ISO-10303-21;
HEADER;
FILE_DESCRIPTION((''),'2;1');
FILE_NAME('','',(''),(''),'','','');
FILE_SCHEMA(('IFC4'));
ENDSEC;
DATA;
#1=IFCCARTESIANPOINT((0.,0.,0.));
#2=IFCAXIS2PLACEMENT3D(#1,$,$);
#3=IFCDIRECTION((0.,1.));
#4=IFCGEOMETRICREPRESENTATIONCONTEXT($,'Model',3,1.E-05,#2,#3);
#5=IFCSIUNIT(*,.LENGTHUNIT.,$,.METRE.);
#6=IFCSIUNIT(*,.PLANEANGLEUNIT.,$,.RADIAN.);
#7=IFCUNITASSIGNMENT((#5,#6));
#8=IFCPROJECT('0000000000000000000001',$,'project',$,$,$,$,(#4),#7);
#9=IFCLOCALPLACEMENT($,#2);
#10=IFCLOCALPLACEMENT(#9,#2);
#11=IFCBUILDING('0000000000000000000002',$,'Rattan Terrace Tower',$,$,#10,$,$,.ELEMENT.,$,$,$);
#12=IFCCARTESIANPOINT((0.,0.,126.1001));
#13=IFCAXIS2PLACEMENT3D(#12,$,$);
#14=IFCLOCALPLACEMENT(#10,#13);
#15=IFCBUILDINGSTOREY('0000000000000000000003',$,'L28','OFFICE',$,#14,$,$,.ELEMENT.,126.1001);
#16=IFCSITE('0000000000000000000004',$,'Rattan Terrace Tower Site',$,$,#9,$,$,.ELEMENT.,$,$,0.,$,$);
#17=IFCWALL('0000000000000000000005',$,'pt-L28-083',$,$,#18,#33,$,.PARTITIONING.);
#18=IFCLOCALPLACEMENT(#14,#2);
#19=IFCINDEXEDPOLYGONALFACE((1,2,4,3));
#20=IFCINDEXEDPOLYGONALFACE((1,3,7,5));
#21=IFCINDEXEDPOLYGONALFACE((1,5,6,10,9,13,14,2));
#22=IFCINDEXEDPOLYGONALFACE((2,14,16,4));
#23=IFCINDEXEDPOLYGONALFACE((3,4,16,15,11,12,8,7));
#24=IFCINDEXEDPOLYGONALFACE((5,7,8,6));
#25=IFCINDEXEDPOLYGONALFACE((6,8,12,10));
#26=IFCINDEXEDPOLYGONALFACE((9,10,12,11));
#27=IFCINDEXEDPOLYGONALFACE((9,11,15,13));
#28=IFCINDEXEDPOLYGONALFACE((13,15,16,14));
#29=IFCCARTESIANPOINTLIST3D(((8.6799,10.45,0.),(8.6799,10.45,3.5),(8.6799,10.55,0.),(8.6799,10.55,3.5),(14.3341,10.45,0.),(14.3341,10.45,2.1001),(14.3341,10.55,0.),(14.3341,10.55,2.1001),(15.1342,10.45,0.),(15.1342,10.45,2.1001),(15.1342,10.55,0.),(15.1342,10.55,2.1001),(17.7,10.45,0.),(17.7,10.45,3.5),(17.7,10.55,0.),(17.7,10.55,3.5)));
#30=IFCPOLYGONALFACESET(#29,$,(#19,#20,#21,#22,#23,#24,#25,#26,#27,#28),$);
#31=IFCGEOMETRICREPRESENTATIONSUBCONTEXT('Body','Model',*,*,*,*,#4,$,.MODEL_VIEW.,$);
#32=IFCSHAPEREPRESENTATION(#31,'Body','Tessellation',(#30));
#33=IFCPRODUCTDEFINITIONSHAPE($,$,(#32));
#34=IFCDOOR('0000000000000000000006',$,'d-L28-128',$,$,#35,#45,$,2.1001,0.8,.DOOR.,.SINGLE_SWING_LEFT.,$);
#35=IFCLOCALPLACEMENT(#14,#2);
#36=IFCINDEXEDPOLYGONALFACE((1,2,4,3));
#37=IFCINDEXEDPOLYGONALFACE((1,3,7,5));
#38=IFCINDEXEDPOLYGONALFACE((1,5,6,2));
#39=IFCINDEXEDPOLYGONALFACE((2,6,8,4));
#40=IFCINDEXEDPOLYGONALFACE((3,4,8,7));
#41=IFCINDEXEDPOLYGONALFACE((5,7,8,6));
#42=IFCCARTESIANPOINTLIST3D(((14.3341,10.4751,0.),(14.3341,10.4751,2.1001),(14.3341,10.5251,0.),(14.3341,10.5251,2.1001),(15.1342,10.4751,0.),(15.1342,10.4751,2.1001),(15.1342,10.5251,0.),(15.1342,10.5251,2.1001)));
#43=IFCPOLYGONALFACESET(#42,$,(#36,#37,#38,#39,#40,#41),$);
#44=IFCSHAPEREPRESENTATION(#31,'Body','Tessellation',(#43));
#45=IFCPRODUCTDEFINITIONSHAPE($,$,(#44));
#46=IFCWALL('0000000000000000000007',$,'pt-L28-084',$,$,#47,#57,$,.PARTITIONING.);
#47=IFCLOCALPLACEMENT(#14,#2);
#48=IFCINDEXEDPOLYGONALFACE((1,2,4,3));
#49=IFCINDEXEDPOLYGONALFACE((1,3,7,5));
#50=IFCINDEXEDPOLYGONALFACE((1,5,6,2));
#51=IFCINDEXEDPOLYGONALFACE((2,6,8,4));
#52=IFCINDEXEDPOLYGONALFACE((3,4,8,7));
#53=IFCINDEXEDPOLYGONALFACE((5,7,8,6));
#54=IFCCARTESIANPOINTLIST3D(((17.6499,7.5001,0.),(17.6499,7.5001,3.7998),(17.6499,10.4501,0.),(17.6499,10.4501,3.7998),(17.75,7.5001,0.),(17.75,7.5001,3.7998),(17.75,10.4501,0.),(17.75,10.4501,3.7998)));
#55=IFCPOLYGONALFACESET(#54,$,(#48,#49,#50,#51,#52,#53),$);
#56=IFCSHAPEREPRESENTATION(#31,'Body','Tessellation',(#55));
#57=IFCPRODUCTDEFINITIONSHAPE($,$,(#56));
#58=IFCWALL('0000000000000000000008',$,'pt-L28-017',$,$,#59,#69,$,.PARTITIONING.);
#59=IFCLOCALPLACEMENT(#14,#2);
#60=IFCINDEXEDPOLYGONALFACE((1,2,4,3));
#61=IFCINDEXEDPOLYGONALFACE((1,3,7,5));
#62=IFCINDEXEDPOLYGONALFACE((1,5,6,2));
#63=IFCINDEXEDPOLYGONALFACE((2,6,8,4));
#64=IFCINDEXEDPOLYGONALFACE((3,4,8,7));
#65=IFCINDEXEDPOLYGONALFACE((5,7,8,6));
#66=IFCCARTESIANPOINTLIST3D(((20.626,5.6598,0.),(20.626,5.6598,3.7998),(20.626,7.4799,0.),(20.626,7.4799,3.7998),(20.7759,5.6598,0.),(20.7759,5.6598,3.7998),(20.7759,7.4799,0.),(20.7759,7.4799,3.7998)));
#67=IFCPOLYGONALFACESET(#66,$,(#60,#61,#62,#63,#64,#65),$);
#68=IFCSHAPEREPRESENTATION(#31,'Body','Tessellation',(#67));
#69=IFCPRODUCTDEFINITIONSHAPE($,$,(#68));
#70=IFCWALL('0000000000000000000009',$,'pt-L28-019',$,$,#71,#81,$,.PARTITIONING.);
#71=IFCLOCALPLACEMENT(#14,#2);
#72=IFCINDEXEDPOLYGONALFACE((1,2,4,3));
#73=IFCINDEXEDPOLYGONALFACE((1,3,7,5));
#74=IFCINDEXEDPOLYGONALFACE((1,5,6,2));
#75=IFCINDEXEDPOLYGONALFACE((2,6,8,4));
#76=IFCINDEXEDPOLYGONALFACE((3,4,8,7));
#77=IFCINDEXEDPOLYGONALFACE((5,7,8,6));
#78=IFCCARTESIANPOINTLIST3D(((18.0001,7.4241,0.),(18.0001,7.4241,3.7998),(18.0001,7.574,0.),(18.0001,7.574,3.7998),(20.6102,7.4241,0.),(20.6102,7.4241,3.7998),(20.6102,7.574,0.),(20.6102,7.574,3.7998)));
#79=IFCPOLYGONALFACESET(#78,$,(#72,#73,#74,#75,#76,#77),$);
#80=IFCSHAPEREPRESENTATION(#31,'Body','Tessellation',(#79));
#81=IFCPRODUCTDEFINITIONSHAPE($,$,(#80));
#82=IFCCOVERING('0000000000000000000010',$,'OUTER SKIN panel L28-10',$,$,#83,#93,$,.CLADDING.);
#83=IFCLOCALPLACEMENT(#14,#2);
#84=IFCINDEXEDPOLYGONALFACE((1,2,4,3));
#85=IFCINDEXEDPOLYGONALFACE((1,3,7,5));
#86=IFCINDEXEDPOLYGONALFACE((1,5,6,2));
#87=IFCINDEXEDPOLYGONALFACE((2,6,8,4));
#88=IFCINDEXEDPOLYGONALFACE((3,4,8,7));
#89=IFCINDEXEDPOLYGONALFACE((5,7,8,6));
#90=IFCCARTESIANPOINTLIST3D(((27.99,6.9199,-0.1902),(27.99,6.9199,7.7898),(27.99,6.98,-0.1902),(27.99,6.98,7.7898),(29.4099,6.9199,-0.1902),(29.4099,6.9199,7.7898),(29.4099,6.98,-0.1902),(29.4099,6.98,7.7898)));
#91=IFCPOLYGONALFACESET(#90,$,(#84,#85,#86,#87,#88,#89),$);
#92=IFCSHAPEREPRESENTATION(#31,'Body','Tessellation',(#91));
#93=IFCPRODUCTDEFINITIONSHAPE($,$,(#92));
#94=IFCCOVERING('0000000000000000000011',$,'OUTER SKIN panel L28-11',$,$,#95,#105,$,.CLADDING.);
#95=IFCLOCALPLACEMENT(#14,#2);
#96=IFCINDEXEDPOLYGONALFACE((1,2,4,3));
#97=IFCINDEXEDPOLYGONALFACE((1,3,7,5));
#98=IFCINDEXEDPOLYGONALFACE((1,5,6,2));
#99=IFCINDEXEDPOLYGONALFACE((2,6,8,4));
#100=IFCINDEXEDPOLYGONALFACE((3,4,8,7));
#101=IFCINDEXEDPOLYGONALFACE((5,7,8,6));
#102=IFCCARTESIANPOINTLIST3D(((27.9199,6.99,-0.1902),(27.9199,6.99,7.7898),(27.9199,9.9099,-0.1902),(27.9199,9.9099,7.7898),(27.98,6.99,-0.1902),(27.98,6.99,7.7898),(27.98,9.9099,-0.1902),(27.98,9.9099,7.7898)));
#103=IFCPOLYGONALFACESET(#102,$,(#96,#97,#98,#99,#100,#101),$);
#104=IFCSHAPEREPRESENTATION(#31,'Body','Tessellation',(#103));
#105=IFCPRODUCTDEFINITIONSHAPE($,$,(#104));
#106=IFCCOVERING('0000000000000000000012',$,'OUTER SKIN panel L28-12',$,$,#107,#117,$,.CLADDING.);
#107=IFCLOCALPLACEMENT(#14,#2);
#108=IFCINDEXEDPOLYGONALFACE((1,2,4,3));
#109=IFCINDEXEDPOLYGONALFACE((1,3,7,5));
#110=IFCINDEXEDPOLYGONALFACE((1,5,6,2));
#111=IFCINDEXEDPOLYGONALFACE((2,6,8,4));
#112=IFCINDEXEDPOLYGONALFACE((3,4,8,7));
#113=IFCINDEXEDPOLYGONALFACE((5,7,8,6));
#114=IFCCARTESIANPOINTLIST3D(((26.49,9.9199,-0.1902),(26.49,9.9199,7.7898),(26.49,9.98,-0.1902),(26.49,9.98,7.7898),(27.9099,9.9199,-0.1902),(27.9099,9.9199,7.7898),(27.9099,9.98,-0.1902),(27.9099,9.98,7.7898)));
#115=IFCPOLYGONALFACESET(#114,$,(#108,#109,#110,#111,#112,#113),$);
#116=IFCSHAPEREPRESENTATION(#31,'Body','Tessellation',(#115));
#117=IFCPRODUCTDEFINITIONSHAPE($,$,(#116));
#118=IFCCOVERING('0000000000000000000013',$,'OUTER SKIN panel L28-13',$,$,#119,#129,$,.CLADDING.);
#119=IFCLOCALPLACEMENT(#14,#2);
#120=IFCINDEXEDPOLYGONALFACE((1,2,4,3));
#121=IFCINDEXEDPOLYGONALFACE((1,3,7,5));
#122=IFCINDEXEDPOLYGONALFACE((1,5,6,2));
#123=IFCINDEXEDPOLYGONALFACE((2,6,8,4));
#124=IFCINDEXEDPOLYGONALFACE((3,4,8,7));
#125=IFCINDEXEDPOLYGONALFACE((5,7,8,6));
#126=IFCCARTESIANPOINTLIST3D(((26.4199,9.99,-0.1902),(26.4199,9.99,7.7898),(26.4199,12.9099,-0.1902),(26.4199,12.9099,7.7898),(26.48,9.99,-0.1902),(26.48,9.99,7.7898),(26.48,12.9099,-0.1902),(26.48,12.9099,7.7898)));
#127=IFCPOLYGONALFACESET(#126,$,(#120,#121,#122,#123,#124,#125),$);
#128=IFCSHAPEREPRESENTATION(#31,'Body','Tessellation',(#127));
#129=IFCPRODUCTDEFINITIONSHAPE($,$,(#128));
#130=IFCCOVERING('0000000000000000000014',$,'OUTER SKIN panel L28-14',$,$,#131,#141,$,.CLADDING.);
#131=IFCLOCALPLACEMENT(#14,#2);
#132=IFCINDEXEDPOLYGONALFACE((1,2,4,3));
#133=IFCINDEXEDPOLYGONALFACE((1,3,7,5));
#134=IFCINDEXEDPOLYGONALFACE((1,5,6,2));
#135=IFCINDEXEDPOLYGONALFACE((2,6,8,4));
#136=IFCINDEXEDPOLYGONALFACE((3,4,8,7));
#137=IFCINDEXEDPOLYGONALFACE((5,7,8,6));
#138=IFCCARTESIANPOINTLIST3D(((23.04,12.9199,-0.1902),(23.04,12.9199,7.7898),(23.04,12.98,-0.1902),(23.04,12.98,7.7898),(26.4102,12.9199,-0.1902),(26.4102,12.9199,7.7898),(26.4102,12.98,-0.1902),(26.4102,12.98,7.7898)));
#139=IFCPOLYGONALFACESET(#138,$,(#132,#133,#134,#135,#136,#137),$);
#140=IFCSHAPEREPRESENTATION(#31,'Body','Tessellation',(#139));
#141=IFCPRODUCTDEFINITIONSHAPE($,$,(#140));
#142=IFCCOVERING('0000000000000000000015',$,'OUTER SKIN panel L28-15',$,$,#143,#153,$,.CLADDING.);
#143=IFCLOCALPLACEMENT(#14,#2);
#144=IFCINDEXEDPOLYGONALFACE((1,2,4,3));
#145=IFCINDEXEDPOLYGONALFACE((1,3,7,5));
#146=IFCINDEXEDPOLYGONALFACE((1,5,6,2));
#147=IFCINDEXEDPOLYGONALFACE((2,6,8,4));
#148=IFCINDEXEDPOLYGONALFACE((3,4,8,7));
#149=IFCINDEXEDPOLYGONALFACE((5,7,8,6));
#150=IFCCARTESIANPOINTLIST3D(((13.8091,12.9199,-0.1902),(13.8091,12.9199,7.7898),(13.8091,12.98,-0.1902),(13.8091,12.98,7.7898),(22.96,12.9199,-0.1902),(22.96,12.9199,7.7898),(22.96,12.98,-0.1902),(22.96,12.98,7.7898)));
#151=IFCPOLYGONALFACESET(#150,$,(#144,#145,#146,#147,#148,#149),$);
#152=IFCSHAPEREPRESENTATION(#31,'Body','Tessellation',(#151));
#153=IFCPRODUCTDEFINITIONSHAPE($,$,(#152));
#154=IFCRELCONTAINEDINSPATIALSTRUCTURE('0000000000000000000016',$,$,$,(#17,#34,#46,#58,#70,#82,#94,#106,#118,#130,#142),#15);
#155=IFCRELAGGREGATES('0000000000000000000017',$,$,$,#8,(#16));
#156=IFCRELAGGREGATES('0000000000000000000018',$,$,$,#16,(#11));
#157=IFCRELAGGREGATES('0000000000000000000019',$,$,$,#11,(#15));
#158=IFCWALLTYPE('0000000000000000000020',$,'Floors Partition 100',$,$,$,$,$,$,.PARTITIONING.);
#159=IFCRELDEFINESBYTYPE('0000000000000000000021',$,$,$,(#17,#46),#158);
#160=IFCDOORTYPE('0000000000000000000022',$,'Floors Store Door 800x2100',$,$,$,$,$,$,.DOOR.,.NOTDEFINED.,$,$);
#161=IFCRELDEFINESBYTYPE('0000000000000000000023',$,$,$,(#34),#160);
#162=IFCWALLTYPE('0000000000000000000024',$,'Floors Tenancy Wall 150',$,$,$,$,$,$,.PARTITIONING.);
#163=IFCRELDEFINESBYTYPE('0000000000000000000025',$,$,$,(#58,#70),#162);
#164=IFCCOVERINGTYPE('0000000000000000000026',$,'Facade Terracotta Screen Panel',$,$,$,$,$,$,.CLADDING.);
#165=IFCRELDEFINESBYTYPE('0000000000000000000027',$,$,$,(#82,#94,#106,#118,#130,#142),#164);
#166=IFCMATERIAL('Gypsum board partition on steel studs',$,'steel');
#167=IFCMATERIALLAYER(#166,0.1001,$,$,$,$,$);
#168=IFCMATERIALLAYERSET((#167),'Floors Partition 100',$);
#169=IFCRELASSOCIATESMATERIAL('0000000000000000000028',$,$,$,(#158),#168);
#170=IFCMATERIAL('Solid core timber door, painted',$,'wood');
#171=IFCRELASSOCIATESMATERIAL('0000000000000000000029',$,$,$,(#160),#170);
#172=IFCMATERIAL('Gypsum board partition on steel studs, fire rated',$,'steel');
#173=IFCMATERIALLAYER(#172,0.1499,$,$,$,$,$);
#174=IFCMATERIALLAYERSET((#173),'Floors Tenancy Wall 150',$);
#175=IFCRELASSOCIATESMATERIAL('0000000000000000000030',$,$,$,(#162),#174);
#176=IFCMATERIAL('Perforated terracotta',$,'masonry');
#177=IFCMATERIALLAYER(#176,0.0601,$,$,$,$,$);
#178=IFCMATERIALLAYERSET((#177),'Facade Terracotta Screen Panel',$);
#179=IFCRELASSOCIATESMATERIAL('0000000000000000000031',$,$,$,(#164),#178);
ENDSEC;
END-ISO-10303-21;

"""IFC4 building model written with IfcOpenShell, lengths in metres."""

from ifc_helpers import new_model, si_unit, direction, frame, frame_2d, origin, origin_2d, place, context, subcontext, project, spatial, rectangle, extrude, material, layer, layer_set, type_object, element, fill, save


model = new_model("IFC4")

# Units and contexts
model_context = context("Model", 3, precision=1e-05, world=origin(), true_north=direction((0.0, 1.0)))
body_context = subcontext(model_context, "Body", "Model", "MODEL_VIEW")
ifc_project = project(units=[si_unit("LENGTHUNIT", "METRE"), si_unit("PLANEANGLEUNIT", "RADIAN")], contexts=[model_context])

# Site, building, storey
site_placement = place(None, origin())
site = spatial("IfcSite", under=ifc_project, at=site_placement, Name="Rattan Terrace Tower Site", CompositionType="ELEMENT", RefElevation=0.0)
building_placement = place(site_placement, origin())
building = spatial("IfcBuilding", under=site, at=building_placement, Name="Rattan Terrace Tower", CompositionType="ELEMENT")
storey_placement = place(building_placement, frame((0.0, 0.0, 126.1001)))
storey = spatial("IfcBuildingStorey", under=building, at=storey_placement, Name="L28", Description="OFFICE", CompositionType="ELEMENT", Elevation=126.1001)

# Wall, opening, door
ifc_material_1 = material(Name="Gypsum board partition on steel studs", Category="steel")
ifc_layer_1 = layer(ifc_material_1, 0.1001)
ifc_layer_set_1 = layer_set([ifc_layer_1], Name="Floors Partition 100")
wall_type_1 = type_object("IfcWallType", Name="Floors Partition 100", PredefinedType="PARTITIONING", material=ifc_layer_set_1)
wall_1_placement = place(storey_placement, frame((17.7, 10.5, 0.0), z_axis=(0.0, 0.0, 1.0), x_axis=(-1.0, 0.0, 0.0)))
wall_1 = element("IfcWall", 1, at=wall_1_placement, inside=storey, type_object=wall_type_1, Name="pt-L28-083", PredefinedType="PARTITIONING", context=body_context, shape_type="SweptSolid", body=[
    extrude(rectangle(XDim=9.02, YDim=0.1001, at=frame_2d((4.51, 0.0))), origin(), (0.0, 0.0, 1.0), 3.5),
])
opening_placement = place(wall_1_placement, frame((2.5659, 0.0, 0.0)))
opening = element("IfcOpeningElement", 2, at=opening_placement, cuts=wall_1, PredefinedType="OPENING", context=body_context, shape_type="SweptSolid", body=[
    extrude(rectangle(XDim=0.8, YDim=2.1001, at=frame_2d((0.3999, 1.05))), frame((0.0, 0.0605, 0.0), z_axis=(0.0, -1.0, 0.0), x_axis=(1.0, 0.0, 0.0)), (0.0, 0.0, 1.0), 0.1211),
])
ifc_material_2 = material(Name="Solid core timber door, painted", Category="wood")
door_type = type_object("IfcDoorType", Name="Floors Store Door 800x2100", OperationType="NOTDEFINED", PredefinedType="DOOR", material=ifc_material_2)
door_placement = place(opening_placement, origin())
door = element("IfcDoor", 3, at=door_placement, inside=storey, type_object=door_type, Name="d-L28-128", OperationType="SINGLE_SWING_LEFT", OverallHeight=2.1001, OverallWidth=0.8, PredefinedType="DOOR", context=body_context, shape_type="SweptSolid", body=[
    extrude(rectangle(XDim=0.8, YDim=2.1001, at=frame_2d((0.3999, 1.05))), frame((0.0, 0.0249, 0.0), z_axis=(0.0, -1.0, 0.0), x_axis=(1.0, 0.0, 0.0)), (0.0, 0.0, 1.0), 0.05),
])
fill(opening, door)

# Walls
wall_2_placement = place(storey_placement, frame((17.7, 7.5, 0.0), z_axis=(0.0, 0.0, 1.0), x_axis=(0.0, 1.0, 0.0)))
element("IfcWall", 4, at=wall_2_placement, inside=storey, type_object=wall_type_1, Name="pt-L28-084", PredefinedType="PARTITIONING", context=body_context, shape_type="SweptSolid", body=[
    extrude(rectangle(XDim=2.95, YDim=0.1001, at=frame_2d((1.4751, 0.0))), origin(), (0.0, 0.0, 1.0), 3.7998),
])
ifc_material_3 = material(Name="Gypsum board partition on steel studs, fire rated", Category="steel")
ifc_layer_2 = layer(ifc_material_3, 0.1499)
ifc_layer_set_2 = layer_set([ifc_layer_2], Name="Floors Tenancy Wall 150")
wall_type_2 = type_object("IfcWallType", Name="Floors Tenancy Wall 150", PredefinedType="PARTITIONING", material=ifc_layer_set_2)
wall_3_placement = place(storey_placement, frame((20.7009, 7.48, 0.0), z_axis=(0.0, 0.0, 1.0), x_axis=(0.0, -1.0, 0.0)))
element("IfcWall", 5, at=wall_3_placement, inside=storey, type_object=wall_type_2, Name="pt-L28-017", PredefinedType="PARTITIONING", context=body_context, shape_type="SweptSolid", body=[
    extrude(rectangle(XDim=1.8201, YDim=0.1499, at=frame_2d((0.9102, 0.0))), origin(), (0.0, 0.0, 1.0), 3.7998),
])
wall_4_placement = place(storey_placement, frame((18.0, 7.499, 0.0), z_axis=(0.0, 0.0, 1.0), x_axis=(1.0, 0.0, 0.0)))
element("IfcWall", 6, at=wall_4_placement, inside=storey, type_object=wall_type_2, Name="pt-L28-019", PredefinedType="PARTITIONING", context=body_context, shape_type="SweptSolid", body=[
    extrude(rectangle(XDim=2.6101, YDim=0.1499, at=frame_2d((1.3052, 0.0))), origin(), (0.0, 0.0, 1.0), 3.7998),
])

# Coverings
ifc_material_4 = material(Name="Perforated terracotta", Category="masonry")
ifc_layer_3 = layer(ifc_material_4, 0.0601)
ifc_layer_set_3 = layer_set([ifc_layer_3], Name="Facade Terracotta Screen Panel")
covering_type = type_object("IfcCoveringType", Name="Facade Terracotta Screen Panel", PredefinedType="CLADDING", material=ifc_layer_set_3)
covering_1_placement = place(storey_placement, frame((28.7, 6.95, -0.1902), z_axis=(0.0, 0.0, 1.0), x_axis=(-1.0, 0.0, 0.0)))
element("IfcCovering", 7, at=covering_1_placement, inside=storey, type_object=covering_type, Name="OUTER SKIN panel L28-10", PredefinedType="CLADDING", context=body_context, shape_type="SweptSolid", body=[
    extrude(rectangle(XDim=1.4199, YDim=0.0601, at=origin_2d()), origin(), (0.0, 0.0, 1.0), 7.98),
])
covering_2_placement = place(storey_placement, frame((27.95, 8.45, -0.1902), z_axis=(0.0, 0.0, 1.0), x_axis=(0.0, 1.0, 0.0)))
element("IfcCovering", 8, at=covering_2_placement, inside=storey, type_object=covering_type, Name="OUTER SKIN panel L28-11", PredefinedType="CLADDING", context=body_context, shape_type="SweptSolid", body=[
    extrude(rectangle(XDim=2.9199, YDim=0.0601, at=origin_2d()), origin(), (0.0, 0.0, 1.0), 7.98),
])
covering_3_placement = place(storey_placement, frame((27.2, 9.95, -0.1902), z_axis=(0.0, 0.0, 1.0), x_axis=(-1.0, 0.0, 0.0)))
element("IfcCovering", 9, at=covering_3_placement, inside=storey, type_object=covering_type, Name="OUTER SKIN panel L28-12", PredefinedType="CLADDING", context=body_context, shape_type="SweptSolid", body=[
    extrude(rectangle(XDim=1.4199, YDim=0.0601, at=origin_2d()), origin(), (0.0, 0.0, 1.0), 7.98),
])
covering_4_placement = place(storey_placement, frame((26.45, 11.45, -0.1902), z_axis=(0.0, 0.0, 1.0), x_axis=(0.0, 1.0, 0.0)))
element("IfcCovering", 10, at=covering_4_placement, inside=storey, type_object=covering_type, Name="OUTER SKIN panel L28-13", PredefinedType="CLADDING", context=body_context, shape_type="SweptSolid", body=[
    extrude(rectangle(XDim=2.9199, YDim=0.0601, at=origin_2d()), origin(), (0.0, 0.0, 1.0), 7.98),
])
covering_5_placement = place(storey_placement, frame((24.7251, 12.95, -0.1902), z_axis=(0.0, 0.0, 1.0), x_axis=(-1.0, 0.0, 0.0)))
element("IfcCovering", 11, at=covering_5_placement, inside=storey, type_object=covering_type, Name="OUTER SKIN panel L28-14", PredefinedType="CLADDING", context=body_context, shape_type="SweptSolid", body=[
    extrude(rectangle(XDim=3.3701, YDim=0.0601, at=origin_2d()), origin(), (0.0, 0.0, 1.0), 7.98),
])
covering_6_placement = place(storey_placement, frame((18.3845, 12.95, -0.1902), z_axis=(0.0, 0.0, 1.0), x_axis=(-1.0, 0.0, 0.0)))
element("IfcCovering", 12, at=covering_6_placement, inside=storey, type_object=covering_type, Name="OUTER SKIN panel L28-15", PredefinedType="CLADDING", context=body_context, shape_type="SweptSolid", body=[
    extrude(rectangle(XDim=9.1509, YDim=0.0601, at=origin_2d()), origin(), (0.0, 0.0, 1.0), 7.98),
])

save(model, "model.ifc")
